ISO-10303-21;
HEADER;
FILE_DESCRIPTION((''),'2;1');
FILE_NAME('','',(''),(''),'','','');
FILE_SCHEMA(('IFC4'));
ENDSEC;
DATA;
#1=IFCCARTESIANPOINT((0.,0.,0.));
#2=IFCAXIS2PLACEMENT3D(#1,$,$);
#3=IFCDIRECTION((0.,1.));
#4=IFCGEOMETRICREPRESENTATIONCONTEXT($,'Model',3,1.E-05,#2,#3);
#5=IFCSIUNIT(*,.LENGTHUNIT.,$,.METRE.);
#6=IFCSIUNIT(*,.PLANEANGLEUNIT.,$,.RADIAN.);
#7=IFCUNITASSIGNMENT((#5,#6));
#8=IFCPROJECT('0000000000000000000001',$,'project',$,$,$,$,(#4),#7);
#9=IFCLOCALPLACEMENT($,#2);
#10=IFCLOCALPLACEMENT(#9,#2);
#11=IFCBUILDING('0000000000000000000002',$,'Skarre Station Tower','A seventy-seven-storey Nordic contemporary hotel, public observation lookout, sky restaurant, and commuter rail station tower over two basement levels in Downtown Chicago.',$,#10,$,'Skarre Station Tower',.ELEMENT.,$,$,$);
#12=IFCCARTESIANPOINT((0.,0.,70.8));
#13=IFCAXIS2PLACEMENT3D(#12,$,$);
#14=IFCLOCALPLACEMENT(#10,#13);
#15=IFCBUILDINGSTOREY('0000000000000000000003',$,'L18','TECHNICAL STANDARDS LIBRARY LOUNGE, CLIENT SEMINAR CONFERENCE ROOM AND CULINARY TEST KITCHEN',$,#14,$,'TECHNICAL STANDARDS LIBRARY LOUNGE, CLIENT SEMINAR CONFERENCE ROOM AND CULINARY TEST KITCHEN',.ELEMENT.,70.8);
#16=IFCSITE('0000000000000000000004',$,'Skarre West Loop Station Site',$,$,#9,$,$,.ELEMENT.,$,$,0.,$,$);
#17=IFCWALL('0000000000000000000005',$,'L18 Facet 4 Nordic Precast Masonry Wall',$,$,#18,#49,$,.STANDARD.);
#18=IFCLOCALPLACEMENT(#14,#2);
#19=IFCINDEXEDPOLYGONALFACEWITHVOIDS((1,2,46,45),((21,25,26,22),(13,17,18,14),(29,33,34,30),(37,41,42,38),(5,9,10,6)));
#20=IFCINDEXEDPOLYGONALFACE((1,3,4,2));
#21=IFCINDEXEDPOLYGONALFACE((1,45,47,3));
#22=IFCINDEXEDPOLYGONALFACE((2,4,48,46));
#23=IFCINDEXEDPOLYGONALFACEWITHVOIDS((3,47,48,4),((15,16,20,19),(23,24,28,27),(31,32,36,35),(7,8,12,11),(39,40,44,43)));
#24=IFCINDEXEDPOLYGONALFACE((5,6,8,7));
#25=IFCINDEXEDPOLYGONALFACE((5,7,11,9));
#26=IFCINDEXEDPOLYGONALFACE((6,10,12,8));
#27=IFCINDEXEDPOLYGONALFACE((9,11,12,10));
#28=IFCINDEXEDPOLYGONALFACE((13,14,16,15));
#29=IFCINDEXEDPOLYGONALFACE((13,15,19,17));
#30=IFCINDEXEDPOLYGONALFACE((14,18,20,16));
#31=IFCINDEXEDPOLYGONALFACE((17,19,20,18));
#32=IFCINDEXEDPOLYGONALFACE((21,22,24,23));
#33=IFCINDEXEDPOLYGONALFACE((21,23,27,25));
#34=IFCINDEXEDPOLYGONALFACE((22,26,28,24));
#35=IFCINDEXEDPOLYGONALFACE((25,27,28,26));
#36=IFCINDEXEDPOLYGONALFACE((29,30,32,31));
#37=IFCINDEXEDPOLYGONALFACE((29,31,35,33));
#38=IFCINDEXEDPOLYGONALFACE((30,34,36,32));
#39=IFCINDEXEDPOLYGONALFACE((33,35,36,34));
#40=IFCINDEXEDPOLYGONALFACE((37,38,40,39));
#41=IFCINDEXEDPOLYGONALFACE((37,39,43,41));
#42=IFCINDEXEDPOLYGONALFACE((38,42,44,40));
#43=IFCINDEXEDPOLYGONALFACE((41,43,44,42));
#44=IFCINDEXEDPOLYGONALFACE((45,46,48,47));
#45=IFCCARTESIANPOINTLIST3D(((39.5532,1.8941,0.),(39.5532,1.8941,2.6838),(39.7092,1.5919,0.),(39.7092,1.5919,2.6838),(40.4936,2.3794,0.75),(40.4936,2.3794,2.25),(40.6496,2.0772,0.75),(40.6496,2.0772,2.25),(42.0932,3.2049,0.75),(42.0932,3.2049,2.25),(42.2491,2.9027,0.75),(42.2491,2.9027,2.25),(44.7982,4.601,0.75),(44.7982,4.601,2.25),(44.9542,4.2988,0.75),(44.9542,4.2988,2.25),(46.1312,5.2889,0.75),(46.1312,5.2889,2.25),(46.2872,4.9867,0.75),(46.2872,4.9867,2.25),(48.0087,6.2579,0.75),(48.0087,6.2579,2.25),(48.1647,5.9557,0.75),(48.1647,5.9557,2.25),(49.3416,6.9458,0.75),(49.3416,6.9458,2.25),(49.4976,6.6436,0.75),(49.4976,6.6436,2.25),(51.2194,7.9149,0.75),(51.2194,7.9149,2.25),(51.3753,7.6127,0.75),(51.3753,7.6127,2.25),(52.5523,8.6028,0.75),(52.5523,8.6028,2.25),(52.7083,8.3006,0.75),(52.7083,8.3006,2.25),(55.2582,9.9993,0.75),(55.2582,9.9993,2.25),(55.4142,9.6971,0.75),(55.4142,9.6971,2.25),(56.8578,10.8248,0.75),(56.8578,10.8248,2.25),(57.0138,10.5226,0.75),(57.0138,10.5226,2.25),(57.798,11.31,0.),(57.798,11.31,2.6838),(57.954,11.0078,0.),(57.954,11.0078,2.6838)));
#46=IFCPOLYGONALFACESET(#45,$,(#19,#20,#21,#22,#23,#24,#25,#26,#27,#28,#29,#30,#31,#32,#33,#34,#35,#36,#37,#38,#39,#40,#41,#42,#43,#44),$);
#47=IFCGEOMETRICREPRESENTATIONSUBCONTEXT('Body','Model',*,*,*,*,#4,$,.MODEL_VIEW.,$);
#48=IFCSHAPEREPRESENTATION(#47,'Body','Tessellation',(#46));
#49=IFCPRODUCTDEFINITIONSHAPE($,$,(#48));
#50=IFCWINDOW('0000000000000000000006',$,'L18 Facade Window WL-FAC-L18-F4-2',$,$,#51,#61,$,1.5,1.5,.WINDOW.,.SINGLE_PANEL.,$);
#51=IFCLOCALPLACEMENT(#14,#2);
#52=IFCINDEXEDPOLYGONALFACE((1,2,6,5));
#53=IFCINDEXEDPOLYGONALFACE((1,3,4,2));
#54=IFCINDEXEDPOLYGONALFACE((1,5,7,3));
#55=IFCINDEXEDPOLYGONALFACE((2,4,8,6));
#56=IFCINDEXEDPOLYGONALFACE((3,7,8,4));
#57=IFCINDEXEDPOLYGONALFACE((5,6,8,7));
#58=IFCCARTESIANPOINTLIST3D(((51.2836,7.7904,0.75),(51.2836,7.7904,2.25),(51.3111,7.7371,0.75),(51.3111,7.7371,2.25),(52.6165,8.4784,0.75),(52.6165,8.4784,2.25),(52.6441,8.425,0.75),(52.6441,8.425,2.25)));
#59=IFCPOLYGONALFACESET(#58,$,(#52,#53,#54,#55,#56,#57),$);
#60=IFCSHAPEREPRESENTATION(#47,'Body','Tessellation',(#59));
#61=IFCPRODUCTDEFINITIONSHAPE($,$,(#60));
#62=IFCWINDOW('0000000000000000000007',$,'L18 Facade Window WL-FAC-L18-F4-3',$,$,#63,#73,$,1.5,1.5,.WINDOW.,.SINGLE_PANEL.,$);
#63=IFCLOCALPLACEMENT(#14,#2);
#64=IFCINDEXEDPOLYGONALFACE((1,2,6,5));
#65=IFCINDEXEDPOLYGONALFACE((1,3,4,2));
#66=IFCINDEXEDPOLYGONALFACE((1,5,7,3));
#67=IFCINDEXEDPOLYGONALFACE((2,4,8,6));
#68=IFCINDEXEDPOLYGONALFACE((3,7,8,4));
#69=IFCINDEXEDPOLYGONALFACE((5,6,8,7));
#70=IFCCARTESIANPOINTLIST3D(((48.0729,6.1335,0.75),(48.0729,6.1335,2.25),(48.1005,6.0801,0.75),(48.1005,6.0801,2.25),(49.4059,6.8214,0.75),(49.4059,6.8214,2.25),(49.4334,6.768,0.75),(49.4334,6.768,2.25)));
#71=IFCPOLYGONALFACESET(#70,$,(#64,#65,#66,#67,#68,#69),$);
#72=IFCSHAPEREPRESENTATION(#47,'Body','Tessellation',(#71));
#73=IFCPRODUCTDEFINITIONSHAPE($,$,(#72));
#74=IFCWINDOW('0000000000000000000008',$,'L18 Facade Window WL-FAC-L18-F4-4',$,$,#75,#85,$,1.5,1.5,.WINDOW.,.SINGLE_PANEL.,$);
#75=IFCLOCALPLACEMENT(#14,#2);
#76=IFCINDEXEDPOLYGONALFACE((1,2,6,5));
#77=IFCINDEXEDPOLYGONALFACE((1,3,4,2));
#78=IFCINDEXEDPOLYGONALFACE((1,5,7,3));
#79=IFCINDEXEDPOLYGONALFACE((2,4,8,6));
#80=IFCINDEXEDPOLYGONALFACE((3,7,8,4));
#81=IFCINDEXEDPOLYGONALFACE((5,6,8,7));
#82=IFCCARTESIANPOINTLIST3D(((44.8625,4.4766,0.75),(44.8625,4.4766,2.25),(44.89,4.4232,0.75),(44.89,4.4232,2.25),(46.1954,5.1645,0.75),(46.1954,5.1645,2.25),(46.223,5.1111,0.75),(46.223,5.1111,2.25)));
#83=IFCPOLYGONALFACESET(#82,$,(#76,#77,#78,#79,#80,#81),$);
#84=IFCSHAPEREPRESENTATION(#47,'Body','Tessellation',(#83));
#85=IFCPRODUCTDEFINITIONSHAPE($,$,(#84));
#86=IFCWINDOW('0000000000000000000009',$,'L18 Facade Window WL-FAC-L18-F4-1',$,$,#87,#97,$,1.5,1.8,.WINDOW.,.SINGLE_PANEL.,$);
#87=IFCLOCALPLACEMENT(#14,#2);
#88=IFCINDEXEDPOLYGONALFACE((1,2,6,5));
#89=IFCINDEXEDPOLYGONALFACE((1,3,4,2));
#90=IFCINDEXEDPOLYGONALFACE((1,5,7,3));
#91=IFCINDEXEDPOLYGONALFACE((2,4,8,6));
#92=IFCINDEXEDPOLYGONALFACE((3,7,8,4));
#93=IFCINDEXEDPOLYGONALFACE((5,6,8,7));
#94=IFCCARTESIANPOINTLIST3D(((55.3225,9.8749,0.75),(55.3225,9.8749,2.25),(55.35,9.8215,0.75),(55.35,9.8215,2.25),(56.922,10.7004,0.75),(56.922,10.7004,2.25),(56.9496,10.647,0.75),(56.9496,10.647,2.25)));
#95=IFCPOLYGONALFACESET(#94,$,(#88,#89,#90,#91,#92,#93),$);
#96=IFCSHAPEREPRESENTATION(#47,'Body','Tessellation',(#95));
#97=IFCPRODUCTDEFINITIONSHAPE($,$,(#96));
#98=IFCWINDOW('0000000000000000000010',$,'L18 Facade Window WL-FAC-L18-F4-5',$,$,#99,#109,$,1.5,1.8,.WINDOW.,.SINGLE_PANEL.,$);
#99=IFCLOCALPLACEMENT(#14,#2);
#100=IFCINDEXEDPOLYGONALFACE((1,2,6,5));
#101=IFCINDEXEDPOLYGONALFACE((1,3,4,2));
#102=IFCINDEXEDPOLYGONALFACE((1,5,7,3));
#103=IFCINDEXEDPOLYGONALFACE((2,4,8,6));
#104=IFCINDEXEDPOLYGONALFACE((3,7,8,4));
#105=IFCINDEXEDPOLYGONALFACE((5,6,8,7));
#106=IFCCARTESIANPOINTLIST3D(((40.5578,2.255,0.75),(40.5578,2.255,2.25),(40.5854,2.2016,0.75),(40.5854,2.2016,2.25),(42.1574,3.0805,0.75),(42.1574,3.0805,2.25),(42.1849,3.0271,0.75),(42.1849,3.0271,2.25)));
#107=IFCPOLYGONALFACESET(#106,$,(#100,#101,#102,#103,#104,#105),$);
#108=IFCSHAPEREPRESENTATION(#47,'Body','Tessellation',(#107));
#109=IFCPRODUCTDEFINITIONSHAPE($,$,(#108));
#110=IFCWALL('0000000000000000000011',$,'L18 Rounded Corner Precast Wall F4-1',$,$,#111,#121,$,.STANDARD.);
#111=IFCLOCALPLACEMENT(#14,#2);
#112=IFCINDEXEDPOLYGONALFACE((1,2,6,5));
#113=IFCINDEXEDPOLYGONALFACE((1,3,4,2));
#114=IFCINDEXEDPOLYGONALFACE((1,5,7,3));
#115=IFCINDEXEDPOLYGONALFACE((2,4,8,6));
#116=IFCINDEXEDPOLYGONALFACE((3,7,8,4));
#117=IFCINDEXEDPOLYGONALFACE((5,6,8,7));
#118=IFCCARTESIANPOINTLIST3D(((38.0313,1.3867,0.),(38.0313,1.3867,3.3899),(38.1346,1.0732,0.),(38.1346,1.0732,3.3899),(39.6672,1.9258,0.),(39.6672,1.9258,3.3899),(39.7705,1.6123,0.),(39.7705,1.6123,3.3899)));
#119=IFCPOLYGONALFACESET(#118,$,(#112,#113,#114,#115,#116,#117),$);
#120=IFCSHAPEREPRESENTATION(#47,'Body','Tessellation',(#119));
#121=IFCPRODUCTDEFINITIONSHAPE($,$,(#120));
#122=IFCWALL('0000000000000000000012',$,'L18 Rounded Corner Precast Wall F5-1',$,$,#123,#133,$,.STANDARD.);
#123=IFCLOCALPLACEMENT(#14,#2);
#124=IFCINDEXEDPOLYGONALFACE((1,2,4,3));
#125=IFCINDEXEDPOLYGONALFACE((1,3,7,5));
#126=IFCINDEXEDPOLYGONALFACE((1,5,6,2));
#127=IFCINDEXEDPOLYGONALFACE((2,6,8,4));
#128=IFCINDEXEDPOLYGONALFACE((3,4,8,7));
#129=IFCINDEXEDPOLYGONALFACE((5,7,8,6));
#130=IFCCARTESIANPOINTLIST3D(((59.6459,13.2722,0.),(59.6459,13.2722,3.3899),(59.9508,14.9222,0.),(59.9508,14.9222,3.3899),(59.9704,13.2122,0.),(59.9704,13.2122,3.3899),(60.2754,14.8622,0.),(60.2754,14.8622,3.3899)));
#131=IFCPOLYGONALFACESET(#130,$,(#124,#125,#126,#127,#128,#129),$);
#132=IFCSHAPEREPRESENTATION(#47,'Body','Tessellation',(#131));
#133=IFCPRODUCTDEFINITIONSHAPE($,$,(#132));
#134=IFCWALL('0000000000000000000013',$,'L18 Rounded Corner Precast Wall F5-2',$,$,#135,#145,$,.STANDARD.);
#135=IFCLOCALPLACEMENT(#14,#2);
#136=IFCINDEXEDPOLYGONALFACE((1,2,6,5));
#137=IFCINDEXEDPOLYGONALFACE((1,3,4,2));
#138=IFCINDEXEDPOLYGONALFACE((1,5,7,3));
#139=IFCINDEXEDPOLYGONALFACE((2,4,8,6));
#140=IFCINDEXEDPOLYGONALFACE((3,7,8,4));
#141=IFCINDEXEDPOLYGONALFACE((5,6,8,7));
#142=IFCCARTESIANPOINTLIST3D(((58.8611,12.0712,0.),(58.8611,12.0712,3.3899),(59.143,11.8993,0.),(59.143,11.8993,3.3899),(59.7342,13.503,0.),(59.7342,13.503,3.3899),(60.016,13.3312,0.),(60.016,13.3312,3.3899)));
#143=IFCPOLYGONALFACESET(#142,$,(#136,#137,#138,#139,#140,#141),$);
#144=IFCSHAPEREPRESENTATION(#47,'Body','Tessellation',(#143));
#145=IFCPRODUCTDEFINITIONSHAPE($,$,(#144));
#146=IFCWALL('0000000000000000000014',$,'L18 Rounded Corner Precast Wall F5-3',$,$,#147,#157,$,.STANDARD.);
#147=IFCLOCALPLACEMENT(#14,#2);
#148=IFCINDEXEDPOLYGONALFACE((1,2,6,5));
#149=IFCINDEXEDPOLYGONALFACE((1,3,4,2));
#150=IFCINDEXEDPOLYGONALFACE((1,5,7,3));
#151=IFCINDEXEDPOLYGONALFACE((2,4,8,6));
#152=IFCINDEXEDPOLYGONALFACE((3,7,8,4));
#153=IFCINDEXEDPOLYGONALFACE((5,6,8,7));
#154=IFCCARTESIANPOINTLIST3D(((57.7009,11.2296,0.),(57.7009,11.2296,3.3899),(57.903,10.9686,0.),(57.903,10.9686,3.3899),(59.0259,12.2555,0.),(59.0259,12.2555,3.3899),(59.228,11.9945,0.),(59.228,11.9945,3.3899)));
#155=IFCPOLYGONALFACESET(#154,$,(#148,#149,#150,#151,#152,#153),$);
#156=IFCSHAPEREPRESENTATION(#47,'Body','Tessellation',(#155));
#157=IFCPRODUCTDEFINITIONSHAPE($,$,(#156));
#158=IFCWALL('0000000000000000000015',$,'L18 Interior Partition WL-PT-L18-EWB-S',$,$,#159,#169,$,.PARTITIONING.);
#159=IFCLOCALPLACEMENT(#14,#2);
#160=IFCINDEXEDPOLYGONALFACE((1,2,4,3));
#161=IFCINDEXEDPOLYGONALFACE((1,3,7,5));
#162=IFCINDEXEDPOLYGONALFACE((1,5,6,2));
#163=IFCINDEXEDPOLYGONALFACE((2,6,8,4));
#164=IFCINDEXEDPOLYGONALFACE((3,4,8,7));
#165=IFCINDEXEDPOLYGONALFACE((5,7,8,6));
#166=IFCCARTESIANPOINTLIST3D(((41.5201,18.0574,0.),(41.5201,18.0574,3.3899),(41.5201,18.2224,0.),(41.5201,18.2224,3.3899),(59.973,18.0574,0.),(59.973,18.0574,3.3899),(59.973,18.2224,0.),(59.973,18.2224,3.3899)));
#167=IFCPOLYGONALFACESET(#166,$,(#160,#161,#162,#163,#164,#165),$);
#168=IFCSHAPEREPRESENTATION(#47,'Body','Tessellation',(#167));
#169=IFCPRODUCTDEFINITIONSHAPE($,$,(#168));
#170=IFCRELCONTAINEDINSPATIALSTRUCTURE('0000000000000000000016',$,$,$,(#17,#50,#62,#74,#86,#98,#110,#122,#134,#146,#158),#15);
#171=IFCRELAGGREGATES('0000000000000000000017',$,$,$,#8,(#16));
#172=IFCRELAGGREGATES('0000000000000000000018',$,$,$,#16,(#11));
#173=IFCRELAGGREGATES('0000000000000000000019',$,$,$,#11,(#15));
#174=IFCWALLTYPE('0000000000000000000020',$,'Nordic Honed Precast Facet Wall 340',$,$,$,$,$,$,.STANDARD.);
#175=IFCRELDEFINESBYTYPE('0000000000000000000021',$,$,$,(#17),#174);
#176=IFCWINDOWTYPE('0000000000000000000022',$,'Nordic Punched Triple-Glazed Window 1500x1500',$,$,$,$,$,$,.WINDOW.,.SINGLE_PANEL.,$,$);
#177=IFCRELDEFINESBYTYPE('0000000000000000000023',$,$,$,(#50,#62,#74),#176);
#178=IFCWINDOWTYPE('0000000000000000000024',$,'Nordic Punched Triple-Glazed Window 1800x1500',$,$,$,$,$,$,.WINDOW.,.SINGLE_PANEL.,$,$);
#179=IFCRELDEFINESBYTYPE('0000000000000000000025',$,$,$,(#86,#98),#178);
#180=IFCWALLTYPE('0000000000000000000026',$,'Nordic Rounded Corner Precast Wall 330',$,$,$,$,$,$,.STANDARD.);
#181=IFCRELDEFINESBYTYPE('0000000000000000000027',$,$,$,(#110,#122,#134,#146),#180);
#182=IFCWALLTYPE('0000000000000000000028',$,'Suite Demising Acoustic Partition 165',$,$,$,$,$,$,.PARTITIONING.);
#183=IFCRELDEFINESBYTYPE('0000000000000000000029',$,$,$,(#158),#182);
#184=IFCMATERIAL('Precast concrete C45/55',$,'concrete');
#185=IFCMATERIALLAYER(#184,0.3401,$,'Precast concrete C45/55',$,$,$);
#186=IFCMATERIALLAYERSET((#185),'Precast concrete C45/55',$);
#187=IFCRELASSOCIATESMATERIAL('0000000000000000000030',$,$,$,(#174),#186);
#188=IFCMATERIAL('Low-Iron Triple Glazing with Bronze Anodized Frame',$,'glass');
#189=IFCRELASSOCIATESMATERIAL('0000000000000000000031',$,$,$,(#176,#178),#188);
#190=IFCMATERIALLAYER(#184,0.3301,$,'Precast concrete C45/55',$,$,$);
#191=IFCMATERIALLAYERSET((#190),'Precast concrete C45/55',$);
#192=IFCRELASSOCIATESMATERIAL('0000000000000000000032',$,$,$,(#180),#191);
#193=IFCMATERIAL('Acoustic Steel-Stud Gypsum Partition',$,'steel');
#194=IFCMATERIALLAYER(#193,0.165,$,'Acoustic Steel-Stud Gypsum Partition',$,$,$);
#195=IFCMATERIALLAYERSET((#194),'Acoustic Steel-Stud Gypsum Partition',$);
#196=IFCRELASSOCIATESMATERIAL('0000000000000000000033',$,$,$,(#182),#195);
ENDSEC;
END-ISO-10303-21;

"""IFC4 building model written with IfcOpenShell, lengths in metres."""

from ifc_helpers import new_model, si_unit, direction, frame, frame_2d, origin, place, context, subcontext, project, spatial, rectangle, extrude, material, layer, layer_set, type_object, element, fill, save


model = new_model("IFC4")

# Units and contexts
model_context = context("Model", 3, precision=1e-05, world=origin(), true_north=direction((0.0, 1.0)))
body_context = subcontext(model_context, "Body", "Model", "MODEL_VIEW")
ifc_project = project(units=[si_unit("LENGTHUNIT", "METRE"), si_unit("PLANEANGLEUNIT", "RADIAN")], contexts=[model_context])

# Site, building, storey
site_placement = place(None, origin())
site = spatial("IfcSite", under=ifc_project, at=site_placement, Name="Skarre West Loop Station Site", CompositionType="ELEMENT", RefElevation=0.0)
building_placement = place(site_placement, origin())
building = spatial("IfcBuilding", under=site, at=building_placement, Name="Skarre Station Tower", Description="A seventy-seven-storey Nordic contemporary hotel, public observation lookout, sky restaurant, and commuter rail station tower over two basement levels in Downtown Chicago.", LongName="Skarre Station Tower", CompositionType="ELEMENT")
storey_placement = place(building_placement, frame((0.0, 0.0, 70.8)))
storey = spatial("IfcBuildingStorey", under=building, at=storey_placement, Name="L18", Description="TECHNICAL STANDARDS LIBRARY LOUNGE, CLIENT SEMINAR CONFERENCE ROOM AND CULINARY TEST KITCHEN", LongName="TECHNICAL STANDARDS LIBRARY LOUNGE, CLIENT SEMINAR CONFERENCE ROOM AND CULINARY TEST KITCHEN", CompositionType="ELEMENT", Elevation=70.8)

# Shared definitions
ifc_material_1 = material(Name="Acoustic Steel-Stud Gypsum Partition", Category="steel")

# Wall, openings, windows
ifc_material_2 = material(Name="Precast concrete C45/55", Category="concrete")
ifc_layer_1 = layer(ifc_material_2, 0.3401, Name="Precast concrete C45/55")
ifc_layer_set_1 = layer_set([ifc_layer_1], Name="Precast concrete C45/55")
wall_type_1 = type_object("IfcWallType", Name="Nordic Honed Precast Facet Wall 340", PredefinedType="STANDARD", material=ifc_layer_set_1)
wall_1_placement = place(storey_placement, frame((57.876, 11.1589, 0.0), z_axis=(0.0, 0.0, 1.0), x_axis=(-0.888634, -0.458616, 0.0)))
wall_1 = element("IfcWall", 1, at=wall_1_placement, inside=storey, type_object=wall_type_1, Name="L18 Facet 4 Nordic Precast Masonry Wall", PredefinedType="STANDARD", context=body_context, shape_type="SweptSolid", body=[
    extrude(rectangle(XDim=20.5312, YDim=0.3401, at=frame_2d((10.2656, 0.0))), origin(), (0.0, 0.0, 1.0), 2.6838),
])
opening_1_placement = place(wall_1_placement, frame((1.0581, 0.0, 0.75)))
opening_1 = element("IfcOpeningElement", 2, at=opening_1_placement, cuts=wall_1, PredefinedType="OPENING", context=body_context, shape_type="SweptSolid", body=[
    extrude(rectangle(XDim=1.8, YDim=1.5, at=frame_2d((0.8999, 0.75))), frame((0.0, 0.1799, 0.0), z_axis=(0.0, -1.0, 0.0), x_axis=(1.0, 0.0, 0.0)), (0.0, 0.0, 1.0), 0.3601),
])
opening_2_placement = place(wall_1_placement, frame((5.9031, 0.0, 0.75)))
opening_2 = element("IfcOpeningElement", 3, at=opening_2_placement, cuts=wall_1, PredefinedType="OPENING", context=body_context, shape_type="SweptSolid", body=[
    extrude(rectangle(XDim=1.5, YDim=1.5, at=frame_2d((0.75, 0.75))), frame((0.0, 0.1799, 0.0), z_axis=(0.0, -1.0, 0.0), x_axis=(1.0, 0.0, 0.0)), (0.0, 0.0, 1.0), 0.3601),
])
opening_3_placement = place(wall_1_placement, frame((9.5161, 0.0, 0.75)))
opening_3 = element("IfcOpeningElement", 4, at=opening_3_placement, cuts=wall_1, PredefinedType="OPENING", context=body_context, shape_type="SweptSolid", body=[
    extrude(rectangle(XDim=1.5, YDim=1.5, at=frame_2d((0.75, 0.75))), frame((0.0, 0.1799, 0.0), z_axis=(0.0, -1.0, 0.0), x_axis=(1.0, 0.0, 0.0)), (0.0, 0.0, 1.0), 0.3601),
])
opening_4_placement = place(wall_1_placement, frame((13.1289, 0.0, 0.75)))
opening_4 = element("IfcOpeningElement", 5, at=opening_4_placement, cuts=wall_1, PredefinedType="OPENING", context=body_context, shape_type="SweptSolid", body=[
    extrude(rectangle(XDim=1.5, YDim=1.5, at=frame_2d((0.75, 0.75))), frame((0.0, 0.1799, 0.0), z_axis=(0.0, -1.0, 0.0), x_axis=(1.0, 0.0, 0.0)), (0.0, 0.0, 1.0), 0.3601),
])
opening_5_placement = place(wall_1_placement, frame((17.6731, 0.0, 0.75)))
opening_5 = element("IfcOpeningElement", 6, at=opening_5_placement, cuts=wall_1, PredefinedType="OPENING", context=body_context, shape_type="SweptSolid", body=[
    extrude(rectangle(XDim=1.8, YDim=1.5, at=frame_2d((0.8999, 0.75))), frame((0.0, 0.1799, 0.0), z_axis=(0.0, -1.0, 0.0), x_axis=(1.0, 0.0, 0.0)), (0.0, 0.0, 1.0), 0.3601),
])
ifc_material_3 = material(Name="Low-Iron Triple Glazing with Bronze Anodized Frame", Category="glass")
window_type_1 = type_object("IfcWindowType", Name="Nordic Punched Triple-Glazed Window 1500x1500", PartitioningType="SINGLE_PANEL", PredefinedType="WINDOW", material=ifc_material_3)
window_1_placement = place(opening_2_placement, origin())
window_1 = element("IfcWindow", 7, at=window_1_placement, inside=storey, type_object=window_type_1, Name="L18 Facade Window WL-FAC-L18-F4-2", OverallHeight=1.5, OverallWidth=1.5, PartitioningType="SINGLE_PANEL", PredefinedType="WINDOW", context=body_context, shape_type="SweptSolid", body=[
    extrude(rectangle(XDim=1.5, YDim=1.5, at=frame_2d((0.75, 0.75))), frame((0.0, 0.03, 0.0), z_axis=(0.0, -1.0, 0.0), x_axis=(1.0, 0.0, 0.0)), (0.0, 0.0, 1.0), 0.0601),
])
fill(opening_2, window_1)
window_2_placement = place(opening_3_placement, origin())
window_2 = element("IfcWindow", 8, at=window_2_placement, inside=storey, type_object=window_type_1, Name="L18 Facade Window WL-FAC-L18-F4-3", OverallHeight=1.5, OverallWidth=1.5, PartitioningType="SINGLE_PANEL", PredefinedType="WINDOW", context=body_context, shape_type="SweptSolid", body=[
    extrude(rectangle(XDim=1.5, YDim=1.5, at=frame_2d((0.75, 0.75))), frame((0.0, 0.03, 0.0), z_axis=(0.0, -1.0, 0.0), x_axis=(1.0, 0.0, 0.0)), (0.0, 0.0, 1.0), 0.0601),
])
fill(opening_3, window_2)
window_3_placement = place(opening_4_placement, origin())
window_3 = element("IfcWindow", 9, at=window_3_placement, inside=storey, type_object=window_type_1, Name="L18 Facade Window WL-FAC-L18-F4-4", OverallHeight=1.5, OverallWidth=1.5, PartitioningType="SINGLE_PANEL", PredefinedType="WINDOW", context=body_context, shape_type="SweptSolid", body=[
    extrude(rectangle(XDim=1.5, YDim=1.5, at=frame_2d((0.75, 0.75))), frame((0.0, 0.03, 0.0), z_axis=(0.0, -1.0, 0.0), x_axis=(1.0, 0.0, 0.0)), (0.0, 0.0, 1.0), 0.0601),
])
fill(opening_4, window_3)
window_type_2 = type_object("IfcWindowType", Name="Nordic Punched Triple-Glazed Window 1800x1500", PartitioningType="SINGLE_PANEL", PredefinedType="WINDOW", material=ifc_material_3)
window_4_placement = place(opening_1_placement, origin())
window_4 = element("IfcWindow", 10, at=window_4_placement, inside=storey, type_object=window_type_2, Name="L18 Facade Window WL-FAC-L18-F4-1", OverallHeight=1.5, OverallWidth=1.8, PartitioningType="SINGLE_PANEL", PredefinedType="WINDOW", context=body_context, shape_type="SweptSolid", body=[
    extrude(rectangle(XDim=1.8, YDim=1.5, at=frame_2d((0.8999, 0.75))), frame((0.0, 0.03, 0.0), z_axis=(0.0, -1.0, 0.0), x_axis=(1.0, 0.0, 0.0)), (0.0, 0.0, 1.0), 0.0601),
])
fill(opening_1, window_4)
window_5_placement = place(opening_5_placement, origin())
window_5 = element("IfcWindow", 11, at=window_5_placement, inside=storey, type_object=window_type_2, Name="L18 Facade Window WL-FAC-L18-F4-5", OverallHeight=1.5, OverallWidth=1.8, PartitioningType="SINGLE_PANEL", PredefinedType="WINDOW", context=body_context, shape_type="SweptSolid", body=[
    extrude(rectangle(XDim=1.8, YDim=1.5, at=frame_2d((0.8999, 0.75))), frame((0.0, 0.03, 0.0), z_axis=(0.0, -1.0, 0.0), x_axis=(1.0, 0.0, 0.0)), (0.0, 0.0, 1.0), 0.0601),
])
fill(opening_5, window_5)

# Walls
ifc_layer_2 = layer(ifc_material_2, 0.3301, Name="Precast concrete C45/55")
ifc_layer_set_2 = layer_set([ifc_layer_2], Name="Precast concrete C45/55")
wall_type_2 = type_object("IfcWallType", Name="Nordic Rounded Corner Precast Wall 330", PredefinedType="STANDARD", material=ifc_layer_set_2)
wall_2_placement = place(storey_placement, frame((39.719, 1.769, 0.0), z_axis=(0.0, 0.0, 1.0), x_axis=(-0.949769, -0.312952, 0.0)))
element("IfcWall", 12, at=wall_2_placement, inside=storey, type_object=wall_type_2, Name="L18 Rounded Corner Precast Wall F4-1", PredefinedType="STANDARD", context=body_context, shape_type="SweptSolid", body=[
    extrude(rectangle(XDim=1.7224, YDim=0.3301, at=frame_2d((0.8613, 0.0))), origin(), (0.0, 0.0, 1.0), 3.3899),
])
wall_3_placement = place(storey_placement, frame((60.113, 14.8921, 0.0), z_axis=(0.0, 0.0, 1.0), x_axis=(-0.181714, -0.983351, 0.0)))
element("IfcWall", 13, at=wall_3_placement, inside=storey, type_object=wall_type_2, Name="L18 Rounded Corner Precast Wall F5-1", PredefinedType="STANDARD", context=body_context, shape_type="SweptSolid", body=[
    extrude(rectangle(XDim=1.678, YDim=0.3301, at=frame_2d((0.8389, 0.0))), origin(), (0.0, 0.0, 1.0), 3.3899),
])
wall_4_placement = place(storey_placement, frame((59.875, 13.417, 0.0), z_axis=(0.0, 0.0, 1.0), x_axis=(-0.520584, -0.85381, 0.0)))
element("IfcWall", 14, at=wall_4_placement, inside=storey, type_object=wall_type_2, Name="L18 Rounded Corner Precast Wall F5-2", PredefinedType="STANDARD", context=body_context, shape_type="SweptSolid", body=[
    extrude(rectangle(XDim=1.677, YDim=0.3301, at=frame_2d((0.8384, 0.0))), origin(), (0.0, 0.0, 1.0), 3.3899),
])
wall_5_placement = place(storey_placement, frame((59.127, 12.125, 0.0), z_axis=(0.0, 0.0, 1.0), x_axis=(-0.790692, -0.612214, 0.0)))
element("IfcWall", 15, at=wall_5_placement, inside=storey, type_object=wall_type_2, Name="L18 Rounded Corner Precast Wall F5-3", PredefinedType="STANDARD", context=body_context, shape_type="SweptSolid", body=[
    extrude(rectangle(XDim=1.6758, YDim=0.3301, at=frame_2d((0.8379, 0.0))), origin(), (0.0, 0.0, 1.0), 3.3899),
])
ifc_layer_3 = layer(ifc_material_1, 0.165, Name="Acoustic Steel-Stud Gypsum Partition")
ifc_layer_set_3 = layer_set([ifc_layer_3], Name="Acoustic Steel-Stud Gypsum Partition")
wall_type_3 = type_object("IfcWallType", Name="Suite Demising Acoustic Partition 165", PredefinedType="PARTITIONING", material=ifc_layer_set_3)
wall_6_placement = place(storey_placement, frame((41.52, 18.1399, 0.0), z_axis=(0.0, 0.0, 1.0), x_axis=(1.0, 0.0, 0.0)))
element("IfcWall", 16, at=wall_6_placement, inside=storey, type_object=wall_type_3, Name="L18 Interior Partition WL-PT-L18-EWB-S", PredefinedType="PARTITIONING", context=body_context, shape_type="SweptSolid", body=[
    extrude(rectangle(XDim=18.4529, YDim=0.165, at=frame_2d((9.2266, 0.0))), origin(), (0.0, 0.0, 1.0), 3.3899),
])

save(model, "model.ifc")
